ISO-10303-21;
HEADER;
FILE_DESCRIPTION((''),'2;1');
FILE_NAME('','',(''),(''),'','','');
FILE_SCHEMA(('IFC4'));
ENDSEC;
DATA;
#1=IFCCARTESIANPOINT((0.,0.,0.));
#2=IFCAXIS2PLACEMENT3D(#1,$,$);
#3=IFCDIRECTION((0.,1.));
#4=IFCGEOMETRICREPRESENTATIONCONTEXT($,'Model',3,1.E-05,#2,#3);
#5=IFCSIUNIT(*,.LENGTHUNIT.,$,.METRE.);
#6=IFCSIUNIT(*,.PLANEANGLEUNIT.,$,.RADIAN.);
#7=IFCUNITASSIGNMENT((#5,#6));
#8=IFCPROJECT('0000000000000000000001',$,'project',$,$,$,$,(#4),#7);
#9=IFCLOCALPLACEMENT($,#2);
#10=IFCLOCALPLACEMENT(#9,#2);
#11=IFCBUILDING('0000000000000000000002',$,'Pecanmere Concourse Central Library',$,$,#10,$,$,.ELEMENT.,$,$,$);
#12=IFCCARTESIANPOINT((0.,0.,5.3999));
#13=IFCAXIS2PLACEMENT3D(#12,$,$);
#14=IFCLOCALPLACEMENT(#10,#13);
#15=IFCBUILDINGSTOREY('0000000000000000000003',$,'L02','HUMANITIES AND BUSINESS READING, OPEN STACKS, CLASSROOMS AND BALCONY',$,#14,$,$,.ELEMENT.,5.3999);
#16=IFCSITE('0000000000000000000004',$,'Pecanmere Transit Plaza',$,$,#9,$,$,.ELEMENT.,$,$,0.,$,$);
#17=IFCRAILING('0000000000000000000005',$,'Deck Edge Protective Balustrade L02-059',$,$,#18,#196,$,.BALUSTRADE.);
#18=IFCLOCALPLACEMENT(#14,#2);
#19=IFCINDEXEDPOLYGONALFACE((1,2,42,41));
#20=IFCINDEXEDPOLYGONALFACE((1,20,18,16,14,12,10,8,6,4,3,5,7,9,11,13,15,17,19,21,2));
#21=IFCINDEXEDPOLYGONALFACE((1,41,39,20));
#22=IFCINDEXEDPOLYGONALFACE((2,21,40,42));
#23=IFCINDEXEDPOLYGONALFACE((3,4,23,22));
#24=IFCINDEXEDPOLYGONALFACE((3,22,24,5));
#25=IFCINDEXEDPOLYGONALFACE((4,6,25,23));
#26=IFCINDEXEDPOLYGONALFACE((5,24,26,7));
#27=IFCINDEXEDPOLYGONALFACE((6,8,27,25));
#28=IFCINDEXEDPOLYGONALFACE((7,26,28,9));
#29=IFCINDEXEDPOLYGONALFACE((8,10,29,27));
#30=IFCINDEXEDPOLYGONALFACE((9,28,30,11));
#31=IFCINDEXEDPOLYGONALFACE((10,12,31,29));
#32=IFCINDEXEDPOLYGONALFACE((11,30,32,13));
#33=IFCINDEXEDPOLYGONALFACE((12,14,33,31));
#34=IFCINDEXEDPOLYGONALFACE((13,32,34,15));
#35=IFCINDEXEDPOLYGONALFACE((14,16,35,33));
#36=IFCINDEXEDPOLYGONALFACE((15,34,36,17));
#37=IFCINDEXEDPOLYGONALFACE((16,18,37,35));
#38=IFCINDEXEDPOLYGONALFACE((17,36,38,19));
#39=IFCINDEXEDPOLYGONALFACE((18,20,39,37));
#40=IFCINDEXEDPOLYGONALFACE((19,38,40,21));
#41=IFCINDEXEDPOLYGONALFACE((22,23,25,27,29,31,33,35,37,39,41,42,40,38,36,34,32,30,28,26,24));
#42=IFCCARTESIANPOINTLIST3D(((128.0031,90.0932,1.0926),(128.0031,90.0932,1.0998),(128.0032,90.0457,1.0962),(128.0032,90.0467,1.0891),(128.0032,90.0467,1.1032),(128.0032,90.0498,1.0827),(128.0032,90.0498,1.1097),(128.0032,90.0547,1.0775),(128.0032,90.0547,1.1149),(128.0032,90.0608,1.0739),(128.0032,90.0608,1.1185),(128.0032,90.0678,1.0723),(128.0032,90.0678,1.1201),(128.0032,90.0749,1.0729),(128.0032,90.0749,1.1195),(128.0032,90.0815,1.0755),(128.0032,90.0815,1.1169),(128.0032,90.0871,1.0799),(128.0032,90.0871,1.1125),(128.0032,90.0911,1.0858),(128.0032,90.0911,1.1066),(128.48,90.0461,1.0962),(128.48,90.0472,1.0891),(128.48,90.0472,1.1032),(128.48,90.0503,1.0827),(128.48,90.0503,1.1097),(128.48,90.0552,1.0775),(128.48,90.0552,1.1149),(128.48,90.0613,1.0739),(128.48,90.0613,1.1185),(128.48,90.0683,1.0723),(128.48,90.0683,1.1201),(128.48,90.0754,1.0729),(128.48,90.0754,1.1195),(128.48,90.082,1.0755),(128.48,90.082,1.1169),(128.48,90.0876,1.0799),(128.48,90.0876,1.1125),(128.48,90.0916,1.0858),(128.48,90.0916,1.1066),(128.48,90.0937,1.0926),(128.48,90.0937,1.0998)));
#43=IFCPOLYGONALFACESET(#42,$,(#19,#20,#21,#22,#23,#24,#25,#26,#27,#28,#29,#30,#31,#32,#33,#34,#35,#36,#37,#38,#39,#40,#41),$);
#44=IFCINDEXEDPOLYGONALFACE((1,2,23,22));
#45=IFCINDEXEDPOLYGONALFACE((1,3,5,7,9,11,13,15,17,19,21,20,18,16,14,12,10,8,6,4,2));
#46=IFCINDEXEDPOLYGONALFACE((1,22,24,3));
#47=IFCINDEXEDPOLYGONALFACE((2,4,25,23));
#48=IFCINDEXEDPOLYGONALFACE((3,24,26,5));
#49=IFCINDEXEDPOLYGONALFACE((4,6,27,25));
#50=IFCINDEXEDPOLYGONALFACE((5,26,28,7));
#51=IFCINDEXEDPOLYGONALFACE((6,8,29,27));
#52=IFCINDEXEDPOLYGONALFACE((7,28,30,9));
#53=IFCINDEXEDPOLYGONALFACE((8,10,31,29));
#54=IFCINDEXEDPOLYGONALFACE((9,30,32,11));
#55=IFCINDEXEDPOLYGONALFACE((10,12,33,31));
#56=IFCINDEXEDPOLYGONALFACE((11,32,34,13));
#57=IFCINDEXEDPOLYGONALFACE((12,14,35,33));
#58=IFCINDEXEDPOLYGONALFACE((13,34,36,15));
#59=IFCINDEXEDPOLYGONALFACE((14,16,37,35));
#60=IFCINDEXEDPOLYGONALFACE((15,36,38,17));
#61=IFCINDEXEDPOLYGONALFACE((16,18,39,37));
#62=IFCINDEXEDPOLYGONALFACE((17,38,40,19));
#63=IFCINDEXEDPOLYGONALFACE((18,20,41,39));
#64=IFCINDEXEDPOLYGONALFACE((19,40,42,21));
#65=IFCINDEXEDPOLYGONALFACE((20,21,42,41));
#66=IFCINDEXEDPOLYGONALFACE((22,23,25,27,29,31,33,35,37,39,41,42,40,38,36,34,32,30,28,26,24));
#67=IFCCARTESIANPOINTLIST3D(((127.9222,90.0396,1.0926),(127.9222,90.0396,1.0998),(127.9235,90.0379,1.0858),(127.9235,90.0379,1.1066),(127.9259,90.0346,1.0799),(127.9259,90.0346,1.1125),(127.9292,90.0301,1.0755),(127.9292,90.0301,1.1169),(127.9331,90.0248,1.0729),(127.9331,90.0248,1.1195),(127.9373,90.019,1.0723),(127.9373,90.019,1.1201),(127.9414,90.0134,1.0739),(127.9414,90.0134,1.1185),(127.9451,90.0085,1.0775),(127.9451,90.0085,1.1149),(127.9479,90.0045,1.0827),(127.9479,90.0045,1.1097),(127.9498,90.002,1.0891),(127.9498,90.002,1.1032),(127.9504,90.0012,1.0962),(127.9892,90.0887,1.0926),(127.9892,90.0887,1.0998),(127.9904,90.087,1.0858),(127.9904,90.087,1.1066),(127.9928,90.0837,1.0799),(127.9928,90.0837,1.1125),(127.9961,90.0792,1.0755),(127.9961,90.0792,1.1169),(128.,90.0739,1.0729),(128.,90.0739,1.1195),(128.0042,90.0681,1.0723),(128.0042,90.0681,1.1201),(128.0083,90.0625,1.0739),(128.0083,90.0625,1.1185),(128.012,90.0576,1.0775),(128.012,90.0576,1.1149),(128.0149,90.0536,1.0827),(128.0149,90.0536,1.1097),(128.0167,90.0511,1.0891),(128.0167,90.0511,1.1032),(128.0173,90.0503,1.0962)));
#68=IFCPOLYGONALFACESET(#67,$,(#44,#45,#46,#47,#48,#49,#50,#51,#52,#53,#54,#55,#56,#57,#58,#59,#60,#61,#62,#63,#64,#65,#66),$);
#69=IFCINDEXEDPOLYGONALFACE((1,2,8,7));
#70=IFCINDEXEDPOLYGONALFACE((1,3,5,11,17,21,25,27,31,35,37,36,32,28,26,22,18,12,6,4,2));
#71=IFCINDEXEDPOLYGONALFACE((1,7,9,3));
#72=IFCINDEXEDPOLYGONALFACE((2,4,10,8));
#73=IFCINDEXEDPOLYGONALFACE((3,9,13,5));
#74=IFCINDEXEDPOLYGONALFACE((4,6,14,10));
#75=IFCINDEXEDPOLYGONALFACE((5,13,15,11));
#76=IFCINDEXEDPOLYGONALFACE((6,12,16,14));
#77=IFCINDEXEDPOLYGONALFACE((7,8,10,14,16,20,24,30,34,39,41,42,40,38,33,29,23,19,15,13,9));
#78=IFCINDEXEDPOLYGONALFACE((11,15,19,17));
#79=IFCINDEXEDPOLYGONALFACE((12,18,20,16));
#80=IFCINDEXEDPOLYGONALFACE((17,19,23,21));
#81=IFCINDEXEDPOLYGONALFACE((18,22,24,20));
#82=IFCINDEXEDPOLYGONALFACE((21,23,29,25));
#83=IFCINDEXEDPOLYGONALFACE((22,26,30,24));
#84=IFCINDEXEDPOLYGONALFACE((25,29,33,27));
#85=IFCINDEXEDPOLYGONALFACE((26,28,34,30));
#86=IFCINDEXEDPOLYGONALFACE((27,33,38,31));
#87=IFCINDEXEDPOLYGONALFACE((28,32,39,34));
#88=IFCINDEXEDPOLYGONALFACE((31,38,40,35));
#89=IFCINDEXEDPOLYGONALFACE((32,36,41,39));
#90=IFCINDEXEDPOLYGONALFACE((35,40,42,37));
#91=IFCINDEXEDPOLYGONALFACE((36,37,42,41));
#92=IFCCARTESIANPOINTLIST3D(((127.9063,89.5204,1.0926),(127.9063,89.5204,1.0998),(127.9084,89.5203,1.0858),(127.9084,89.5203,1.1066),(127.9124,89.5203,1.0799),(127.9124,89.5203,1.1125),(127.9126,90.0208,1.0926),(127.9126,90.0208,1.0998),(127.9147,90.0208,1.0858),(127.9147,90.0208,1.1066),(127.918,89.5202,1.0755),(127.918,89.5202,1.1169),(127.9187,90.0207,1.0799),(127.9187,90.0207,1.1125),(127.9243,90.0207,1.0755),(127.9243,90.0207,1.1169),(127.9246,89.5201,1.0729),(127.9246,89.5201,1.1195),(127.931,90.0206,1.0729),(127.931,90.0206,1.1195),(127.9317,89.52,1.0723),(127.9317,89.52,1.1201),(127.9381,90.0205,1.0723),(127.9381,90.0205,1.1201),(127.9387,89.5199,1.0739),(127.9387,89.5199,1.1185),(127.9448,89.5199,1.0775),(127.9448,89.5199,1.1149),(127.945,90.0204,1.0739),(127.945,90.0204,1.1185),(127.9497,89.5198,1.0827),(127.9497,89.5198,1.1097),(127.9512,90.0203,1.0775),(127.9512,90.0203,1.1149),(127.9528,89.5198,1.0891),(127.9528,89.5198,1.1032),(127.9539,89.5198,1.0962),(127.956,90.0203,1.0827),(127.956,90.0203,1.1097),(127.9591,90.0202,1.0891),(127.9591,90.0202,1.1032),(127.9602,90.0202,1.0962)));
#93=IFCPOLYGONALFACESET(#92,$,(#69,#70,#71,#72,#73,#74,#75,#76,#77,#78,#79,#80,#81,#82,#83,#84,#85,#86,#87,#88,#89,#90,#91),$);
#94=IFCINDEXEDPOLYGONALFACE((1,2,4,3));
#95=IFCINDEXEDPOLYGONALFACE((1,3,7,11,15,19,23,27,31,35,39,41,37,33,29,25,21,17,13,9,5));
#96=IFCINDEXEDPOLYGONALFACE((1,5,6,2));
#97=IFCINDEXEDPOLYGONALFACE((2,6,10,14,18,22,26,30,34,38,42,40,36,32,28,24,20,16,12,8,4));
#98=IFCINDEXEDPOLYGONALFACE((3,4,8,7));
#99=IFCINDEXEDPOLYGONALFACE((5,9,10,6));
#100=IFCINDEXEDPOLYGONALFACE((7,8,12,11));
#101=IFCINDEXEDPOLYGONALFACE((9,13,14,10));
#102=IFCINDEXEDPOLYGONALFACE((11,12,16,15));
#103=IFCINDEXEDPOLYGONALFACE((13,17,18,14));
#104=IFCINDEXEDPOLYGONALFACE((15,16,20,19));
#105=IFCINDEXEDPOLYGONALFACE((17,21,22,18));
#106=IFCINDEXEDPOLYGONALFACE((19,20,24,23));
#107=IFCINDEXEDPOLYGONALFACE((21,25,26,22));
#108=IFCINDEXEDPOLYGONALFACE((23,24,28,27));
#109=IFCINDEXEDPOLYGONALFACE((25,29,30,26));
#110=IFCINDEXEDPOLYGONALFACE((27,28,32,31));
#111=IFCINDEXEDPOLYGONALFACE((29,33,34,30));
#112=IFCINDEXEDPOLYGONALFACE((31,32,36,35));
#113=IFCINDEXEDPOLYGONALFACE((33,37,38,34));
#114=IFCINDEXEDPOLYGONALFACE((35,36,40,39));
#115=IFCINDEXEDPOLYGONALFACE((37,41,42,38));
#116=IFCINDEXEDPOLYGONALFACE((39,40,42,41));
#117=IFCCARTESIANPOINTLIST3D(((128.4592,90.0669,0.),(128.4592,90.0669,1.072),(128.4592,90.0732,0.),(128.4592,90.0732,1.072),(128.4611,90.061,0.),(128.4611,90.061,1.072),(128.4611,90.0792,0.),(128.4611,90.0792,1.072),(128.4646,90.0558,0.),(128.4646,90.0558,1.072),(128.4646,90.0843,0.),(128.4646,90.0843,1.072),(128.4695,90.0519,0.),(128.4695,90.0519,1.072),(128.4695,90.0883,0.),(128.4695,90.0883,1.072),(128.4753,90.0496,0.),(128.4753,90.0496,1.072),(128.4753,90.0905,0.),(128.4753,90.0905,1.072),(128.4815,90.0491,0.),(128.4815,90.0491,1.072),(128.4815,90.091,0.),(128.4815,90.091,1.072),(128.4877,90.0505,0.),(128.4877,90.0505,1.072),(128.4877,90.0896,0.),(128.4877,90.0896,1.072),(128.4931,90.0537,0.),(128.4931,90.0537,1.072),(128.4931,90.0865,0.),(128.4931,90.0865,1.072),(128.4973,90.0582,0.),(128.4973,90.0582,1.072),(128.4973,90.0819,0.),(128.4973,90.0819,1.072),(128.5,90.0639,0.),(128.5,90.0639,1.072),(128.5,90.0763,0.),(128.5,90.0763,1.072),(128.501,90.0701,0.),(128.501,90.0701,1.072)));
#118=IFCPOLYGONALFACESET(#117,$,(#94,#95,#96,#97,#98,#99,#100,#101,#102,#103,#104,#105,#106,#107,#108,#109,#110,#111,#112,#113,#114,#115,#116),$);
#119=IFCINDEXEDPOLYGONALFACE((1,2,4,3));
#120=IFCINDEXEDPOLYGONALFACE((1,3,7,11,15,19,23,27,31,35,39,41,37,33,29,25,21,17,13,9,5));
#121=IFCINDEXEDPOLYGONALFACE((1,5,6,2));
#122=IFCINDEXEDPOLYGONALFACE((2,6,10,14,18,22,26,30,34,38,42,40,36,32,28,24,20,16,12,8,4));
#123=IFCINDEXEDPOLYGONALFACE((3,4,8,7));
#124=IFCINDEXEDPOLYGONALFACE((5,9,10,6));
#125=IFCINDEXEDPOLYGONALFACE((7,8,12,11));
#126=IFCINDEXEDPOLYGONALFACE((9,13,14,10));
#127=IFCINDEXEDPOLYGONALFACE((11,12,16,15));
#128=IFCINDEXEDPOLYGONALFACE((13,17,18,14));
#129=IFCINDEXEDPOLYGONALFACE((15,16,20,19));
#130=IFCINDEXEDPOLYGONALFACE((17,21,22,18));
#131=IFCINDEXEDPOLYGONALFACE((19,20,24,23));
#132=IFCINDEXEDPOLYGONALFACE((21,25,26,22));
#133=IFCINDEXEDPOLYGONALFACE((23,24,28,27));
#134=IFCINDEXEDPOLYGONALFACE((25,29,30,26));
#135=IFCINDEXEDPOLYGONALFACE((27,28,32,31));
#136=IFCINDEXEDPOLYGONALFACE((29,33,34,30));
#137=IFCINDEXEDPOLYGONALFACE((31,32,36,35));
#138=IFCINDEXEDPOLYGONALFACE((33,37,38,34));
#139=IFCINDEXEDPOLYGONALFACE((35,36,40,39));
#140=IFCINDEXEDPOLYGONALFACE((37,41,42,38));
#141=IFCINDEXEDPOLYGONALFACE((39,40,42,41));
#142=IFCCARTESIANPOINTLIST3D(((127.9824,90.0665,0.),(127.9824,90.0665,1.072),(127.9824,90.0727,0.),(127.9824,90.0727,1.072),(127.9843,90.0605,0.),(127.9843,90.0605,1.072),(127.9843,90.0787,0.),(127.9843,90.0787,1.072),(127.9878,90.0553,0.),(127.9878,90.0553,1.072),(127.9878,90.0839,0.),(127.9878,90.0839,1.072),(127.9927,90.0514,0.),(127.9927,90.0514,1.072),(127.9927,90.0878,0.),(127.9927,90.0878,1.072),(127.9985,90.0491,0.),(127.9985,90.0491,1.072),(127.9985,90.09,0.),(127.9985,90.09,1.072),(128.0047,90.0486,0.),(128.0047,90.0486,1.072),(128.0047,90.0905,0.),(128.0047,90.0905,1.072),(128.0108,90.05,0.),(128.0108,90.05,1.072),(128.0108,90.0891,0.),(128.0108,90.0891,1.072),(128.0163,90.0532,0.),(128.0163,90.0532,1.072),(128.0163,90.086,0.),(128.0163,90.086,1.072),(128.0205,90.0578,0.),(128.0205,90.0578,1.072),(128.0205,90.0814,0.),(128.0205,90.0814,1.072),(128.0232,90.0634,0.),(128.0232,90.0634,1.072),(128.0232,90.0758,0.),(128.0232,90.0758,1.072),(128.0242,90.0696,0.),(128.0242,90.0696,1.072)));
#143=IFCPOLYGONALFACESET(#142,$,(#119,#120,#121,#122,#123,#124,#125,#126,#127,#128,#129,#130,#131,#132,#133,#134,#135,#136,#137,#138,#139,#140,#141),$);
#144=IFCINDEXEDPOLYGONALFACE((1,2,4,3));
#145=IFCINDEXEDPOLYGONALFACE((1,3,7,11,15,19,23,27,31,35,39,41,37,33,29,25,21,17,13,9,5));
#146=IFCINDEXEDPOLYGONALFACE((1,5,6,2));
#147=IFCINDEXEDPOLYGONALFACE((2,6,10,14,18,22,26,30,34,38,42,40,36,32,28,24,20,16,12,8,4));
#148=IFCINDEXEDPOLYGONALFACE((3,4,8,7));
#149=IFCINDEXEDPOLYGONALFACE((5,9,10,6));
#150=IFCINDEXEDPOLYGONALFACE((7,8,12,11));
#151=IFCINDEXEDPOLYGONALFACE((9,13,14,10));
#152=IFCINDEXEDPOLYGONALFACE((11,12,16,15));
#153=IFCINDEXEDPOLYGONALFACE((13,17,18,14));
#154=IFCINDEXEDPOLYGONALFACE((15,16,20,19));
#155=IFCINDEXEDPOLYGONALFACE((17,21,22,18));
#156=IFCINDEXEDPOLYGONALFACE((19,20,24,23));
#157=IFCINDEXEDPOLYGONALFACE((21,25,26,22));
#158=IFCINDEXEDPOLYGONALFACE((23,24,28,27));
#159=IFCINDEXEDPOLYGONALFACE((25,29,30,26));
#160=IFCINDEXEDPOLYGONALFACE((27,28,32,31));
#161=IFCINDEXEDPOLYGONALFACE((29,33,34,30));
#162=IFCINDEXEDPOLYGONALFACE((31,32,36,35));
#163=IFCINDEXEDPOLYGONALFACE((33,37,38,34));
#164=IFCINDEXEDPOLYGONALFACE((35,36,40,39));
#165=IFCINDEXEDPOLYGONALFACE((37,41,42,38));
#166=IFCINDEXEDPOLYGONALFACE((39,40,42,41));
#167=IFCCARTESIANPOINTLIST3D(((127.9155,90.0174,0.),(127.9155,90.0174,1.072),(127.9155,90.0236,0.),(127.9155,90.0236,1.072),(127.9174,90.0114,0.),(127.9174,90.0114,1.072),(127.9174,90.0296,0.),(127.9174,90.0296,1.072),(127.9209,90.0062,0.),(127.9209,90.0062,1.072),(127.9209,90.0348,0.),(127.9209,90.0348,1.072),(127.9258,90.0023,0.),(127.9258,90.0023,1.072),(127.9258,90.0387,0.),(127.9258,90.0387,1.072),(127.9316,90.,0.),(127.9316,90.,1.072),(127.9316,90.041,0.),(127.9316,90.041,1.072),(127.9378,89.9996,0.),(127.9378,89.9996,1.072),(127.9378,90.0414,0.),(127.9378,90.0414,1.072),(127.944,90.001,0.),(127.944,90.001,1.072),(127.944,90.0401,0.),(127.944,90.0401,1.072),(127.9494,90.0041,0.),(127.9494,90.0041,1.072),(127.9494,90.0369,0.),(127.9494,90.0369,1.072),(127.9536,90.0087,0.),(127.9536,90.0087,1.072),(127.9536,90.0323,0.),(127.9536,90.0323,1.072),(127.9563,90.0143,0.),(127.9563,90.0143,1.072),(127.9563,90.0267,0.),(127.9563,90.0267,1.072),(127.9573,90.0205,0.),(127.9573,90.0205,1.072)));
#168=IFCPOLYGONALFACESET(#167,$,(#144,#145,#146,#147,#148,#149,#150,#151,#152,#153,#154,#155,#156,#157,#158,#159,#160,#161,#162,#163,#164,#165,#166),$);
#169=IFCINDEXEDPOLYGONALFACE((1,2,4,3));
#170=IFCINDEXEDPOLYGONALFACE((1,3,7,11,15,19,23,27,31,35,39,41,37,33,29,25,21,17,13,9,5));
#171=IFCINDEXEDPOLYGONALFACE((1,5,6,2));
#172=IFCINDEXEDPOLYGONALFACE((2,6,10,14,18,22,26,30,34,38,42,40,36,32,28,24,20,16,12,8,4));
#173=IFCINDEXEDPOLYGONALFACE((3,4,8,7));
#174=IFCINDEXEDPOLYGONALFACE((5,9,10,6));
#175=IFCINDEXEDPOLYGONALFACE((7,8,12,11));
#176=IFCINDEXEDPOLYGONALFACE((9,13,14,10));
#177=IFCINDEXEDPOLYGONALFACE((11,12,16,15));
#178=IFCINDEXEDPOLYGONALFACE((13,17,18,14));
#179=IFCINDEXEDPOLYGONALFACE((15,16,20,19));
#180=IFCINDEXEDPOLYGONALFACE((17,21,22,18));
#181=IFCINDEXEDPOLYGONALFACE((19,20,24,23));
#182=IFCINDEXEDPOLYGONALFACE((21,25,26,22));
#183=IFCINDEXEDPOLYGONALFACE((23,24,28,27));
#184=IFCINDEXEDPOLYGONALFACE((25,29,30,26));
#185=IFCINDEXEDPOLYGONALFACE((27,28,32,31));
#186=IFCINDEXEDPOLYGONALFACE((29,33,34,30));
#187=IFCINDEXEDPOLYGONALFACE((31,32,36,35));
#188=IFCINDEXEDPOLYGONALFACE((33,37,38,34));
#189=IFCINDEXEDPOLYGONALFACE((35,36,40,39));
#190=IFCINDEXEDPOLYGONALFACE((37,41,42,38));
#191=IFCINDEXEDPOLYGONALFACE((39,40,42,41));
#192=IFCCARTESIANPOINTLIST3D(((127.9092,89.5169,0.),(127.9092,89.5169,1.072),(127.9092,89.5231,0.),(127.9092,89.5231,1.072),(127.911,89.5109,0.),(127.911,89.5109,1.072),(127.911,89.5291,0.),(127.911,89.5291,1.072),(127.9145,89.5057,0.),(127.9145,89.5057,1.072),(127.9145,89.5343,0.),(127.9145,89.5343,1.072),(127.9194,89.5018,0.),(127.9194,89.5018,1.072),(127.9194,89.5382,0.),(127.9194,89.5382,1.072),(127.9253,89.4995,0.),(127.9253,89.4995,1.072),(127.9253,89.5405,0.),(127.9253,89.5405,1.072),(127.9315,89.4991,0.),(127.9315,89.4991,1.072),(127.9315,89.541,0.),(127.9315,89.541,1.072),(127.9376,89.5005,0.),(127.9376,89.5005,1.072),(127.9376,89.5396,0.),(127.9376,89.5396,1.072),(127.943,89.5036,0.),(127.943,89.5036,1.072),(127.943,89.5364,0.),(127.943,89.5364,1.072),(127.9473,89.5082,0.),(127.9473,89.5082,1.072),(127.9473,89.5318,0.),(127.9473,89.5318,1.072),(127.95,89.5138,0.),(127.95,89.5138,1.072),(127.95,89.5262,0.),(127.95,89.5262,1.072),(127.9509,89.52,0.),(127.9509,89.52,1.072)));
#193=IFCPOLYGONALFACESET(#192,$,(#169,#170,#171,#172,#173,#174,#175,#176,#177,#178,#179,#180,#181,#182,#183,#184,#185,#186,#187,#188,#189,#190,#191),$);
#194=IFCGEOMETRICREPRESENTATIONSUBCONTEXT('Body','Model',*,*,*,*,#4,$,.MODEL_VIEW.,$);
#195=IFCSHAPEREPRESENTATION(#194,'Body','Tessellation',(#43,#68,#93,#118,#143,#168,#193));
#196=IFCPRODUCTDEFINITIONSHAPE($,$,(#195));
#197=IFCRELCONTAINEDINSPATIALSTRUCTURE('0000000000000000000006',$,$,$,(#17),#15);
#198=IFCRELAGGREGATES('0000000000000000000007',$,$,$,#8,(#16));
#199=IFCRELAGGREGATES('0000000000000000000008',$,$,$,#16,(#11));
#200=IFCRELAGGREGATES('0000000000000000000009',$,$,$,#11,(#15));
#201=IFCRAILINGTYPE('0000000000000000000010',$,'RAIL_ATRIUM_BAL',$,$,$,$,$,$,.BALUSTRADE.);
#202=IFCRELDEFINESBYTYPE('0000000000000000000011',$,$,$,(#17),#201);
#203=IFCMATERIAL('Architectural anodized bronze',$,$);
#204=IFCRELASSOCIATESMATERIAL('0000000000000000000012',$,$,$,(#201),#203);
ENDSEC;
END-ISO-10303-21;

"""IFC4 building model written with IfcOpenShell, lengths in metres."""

from ifc_helpers import new_model, si_unit, direction, frame, origin, origin_2d, place, context, subcontext, project, spatial, circle, extrude, material, type_object, element, save


model = new_model("IFC4")

# Units and contexts
model_context = context("Model", 3, precision=1e-05, world=origin(), true_north=direction((0.0, 1.0)))
body_context = subcontext(model_context, "Body", "Model", "MODEL_VIEW")
ifc_project = project(units=[si_unit("LENGTHUNIT", "METRE"), si_unit("PLANEANGLEUNIT", "RADIAN")], contexts=[model_context])

# Site, building, storey
site_placement = place(None, origin())
site = spatial("IfcSite", under=ifc_project, at=site_placement, Name="Pecanmere Transit Plaza", CompositionType="ELEMENT", RefElevation=0.0)
building_placement = place(site_placement, origin())
building = spatial("IfcBuilding", under=site, at=building_placement, Name="Pecanmere Concourse Central Library", CompositionType="ELEMENT")
storey_placement = place(building_placement, frame((0.0, 0.0, 5.3999)))
storey = spatial("IfcBuildingStorey", under=building, at=storey_placement, Name="L02", Description="HUMANITIES AND BUSINESS READING, OPEN STACKS, CLASSROOMS AND BALCONY", CompositionType="ELEMENT", Elevation=5.3999)

# Railing
ifc_material_1 = material(Name="Architectural anodized bronze")
railing_type = type_object("IfcRailingType", Name="RAIL_ATRIUM_BAL", PredefinedType="BALUSTRADE", material=ifc_material_1)
railing_placement = place(storey_placement, frame((128.48, 90.0701, 0.0)))
element("IfcRailing", 1, at=railing_placement, inside=storey, type_object=railing_type, Name="Deck Edge Protective Balustrade L02-059", PredefinedType="BALUSTRADE", context=body_context, shape_type="SweptSolid", body=[
    extrude(circle(Radius=0.0239, at=origin_2d()), frame((0.0, 0.0, 1.0962), z_axis=(-0.999999, -0.001024, 0.0), x_axis=(0.001024, -0.999999, 0.0)), (0.0, 0.0, 1.0), 0.4768),
    extrude(circle(Radius=0.0239, at=origin_2d()), frame((-0.4768, -0.0005, 1.0962), z_axis=(-0.806311, -0.591491, 0.0), x_axis=(0.591491, -0.806311, 0.0)), (0.0, 0.0, 1.0), 0.083),
    extrude(circle(Radius=0.0239, at=origin_2d()), frame((-0.5437, -0.0496, 1.0962), z_axis=(-0.012682, -0.99992, 0.0), x_axis=(0.99992, -0.012682, 0.0)), (0.0, 0.0, 1.0), 0.5005),
    extrude(circle(Radius=0.021, at=origin_2d()), origin(), (0.0, 0.0, 1.0), 1.072),
    extrude(circle(Radius=0.021, at=origin_2d()), frame((-0.4768, -0.0005, 0.0)), (0.0, 0.0, 1.0), 1.072),
    extrude(circle(Radius=0.021, at=origin_2d()), frame((-0.5437, -0.0496, 0.0)), (0.0, 0.0, 1.0), 1.072),
    extrude(circle(Radius=0.021, at=origin_2d()), frame((-0.55, -0.55, 0.0)), (0.0, 0.0, 1.0), 1.072),
])

save(model, "model.ifc")
